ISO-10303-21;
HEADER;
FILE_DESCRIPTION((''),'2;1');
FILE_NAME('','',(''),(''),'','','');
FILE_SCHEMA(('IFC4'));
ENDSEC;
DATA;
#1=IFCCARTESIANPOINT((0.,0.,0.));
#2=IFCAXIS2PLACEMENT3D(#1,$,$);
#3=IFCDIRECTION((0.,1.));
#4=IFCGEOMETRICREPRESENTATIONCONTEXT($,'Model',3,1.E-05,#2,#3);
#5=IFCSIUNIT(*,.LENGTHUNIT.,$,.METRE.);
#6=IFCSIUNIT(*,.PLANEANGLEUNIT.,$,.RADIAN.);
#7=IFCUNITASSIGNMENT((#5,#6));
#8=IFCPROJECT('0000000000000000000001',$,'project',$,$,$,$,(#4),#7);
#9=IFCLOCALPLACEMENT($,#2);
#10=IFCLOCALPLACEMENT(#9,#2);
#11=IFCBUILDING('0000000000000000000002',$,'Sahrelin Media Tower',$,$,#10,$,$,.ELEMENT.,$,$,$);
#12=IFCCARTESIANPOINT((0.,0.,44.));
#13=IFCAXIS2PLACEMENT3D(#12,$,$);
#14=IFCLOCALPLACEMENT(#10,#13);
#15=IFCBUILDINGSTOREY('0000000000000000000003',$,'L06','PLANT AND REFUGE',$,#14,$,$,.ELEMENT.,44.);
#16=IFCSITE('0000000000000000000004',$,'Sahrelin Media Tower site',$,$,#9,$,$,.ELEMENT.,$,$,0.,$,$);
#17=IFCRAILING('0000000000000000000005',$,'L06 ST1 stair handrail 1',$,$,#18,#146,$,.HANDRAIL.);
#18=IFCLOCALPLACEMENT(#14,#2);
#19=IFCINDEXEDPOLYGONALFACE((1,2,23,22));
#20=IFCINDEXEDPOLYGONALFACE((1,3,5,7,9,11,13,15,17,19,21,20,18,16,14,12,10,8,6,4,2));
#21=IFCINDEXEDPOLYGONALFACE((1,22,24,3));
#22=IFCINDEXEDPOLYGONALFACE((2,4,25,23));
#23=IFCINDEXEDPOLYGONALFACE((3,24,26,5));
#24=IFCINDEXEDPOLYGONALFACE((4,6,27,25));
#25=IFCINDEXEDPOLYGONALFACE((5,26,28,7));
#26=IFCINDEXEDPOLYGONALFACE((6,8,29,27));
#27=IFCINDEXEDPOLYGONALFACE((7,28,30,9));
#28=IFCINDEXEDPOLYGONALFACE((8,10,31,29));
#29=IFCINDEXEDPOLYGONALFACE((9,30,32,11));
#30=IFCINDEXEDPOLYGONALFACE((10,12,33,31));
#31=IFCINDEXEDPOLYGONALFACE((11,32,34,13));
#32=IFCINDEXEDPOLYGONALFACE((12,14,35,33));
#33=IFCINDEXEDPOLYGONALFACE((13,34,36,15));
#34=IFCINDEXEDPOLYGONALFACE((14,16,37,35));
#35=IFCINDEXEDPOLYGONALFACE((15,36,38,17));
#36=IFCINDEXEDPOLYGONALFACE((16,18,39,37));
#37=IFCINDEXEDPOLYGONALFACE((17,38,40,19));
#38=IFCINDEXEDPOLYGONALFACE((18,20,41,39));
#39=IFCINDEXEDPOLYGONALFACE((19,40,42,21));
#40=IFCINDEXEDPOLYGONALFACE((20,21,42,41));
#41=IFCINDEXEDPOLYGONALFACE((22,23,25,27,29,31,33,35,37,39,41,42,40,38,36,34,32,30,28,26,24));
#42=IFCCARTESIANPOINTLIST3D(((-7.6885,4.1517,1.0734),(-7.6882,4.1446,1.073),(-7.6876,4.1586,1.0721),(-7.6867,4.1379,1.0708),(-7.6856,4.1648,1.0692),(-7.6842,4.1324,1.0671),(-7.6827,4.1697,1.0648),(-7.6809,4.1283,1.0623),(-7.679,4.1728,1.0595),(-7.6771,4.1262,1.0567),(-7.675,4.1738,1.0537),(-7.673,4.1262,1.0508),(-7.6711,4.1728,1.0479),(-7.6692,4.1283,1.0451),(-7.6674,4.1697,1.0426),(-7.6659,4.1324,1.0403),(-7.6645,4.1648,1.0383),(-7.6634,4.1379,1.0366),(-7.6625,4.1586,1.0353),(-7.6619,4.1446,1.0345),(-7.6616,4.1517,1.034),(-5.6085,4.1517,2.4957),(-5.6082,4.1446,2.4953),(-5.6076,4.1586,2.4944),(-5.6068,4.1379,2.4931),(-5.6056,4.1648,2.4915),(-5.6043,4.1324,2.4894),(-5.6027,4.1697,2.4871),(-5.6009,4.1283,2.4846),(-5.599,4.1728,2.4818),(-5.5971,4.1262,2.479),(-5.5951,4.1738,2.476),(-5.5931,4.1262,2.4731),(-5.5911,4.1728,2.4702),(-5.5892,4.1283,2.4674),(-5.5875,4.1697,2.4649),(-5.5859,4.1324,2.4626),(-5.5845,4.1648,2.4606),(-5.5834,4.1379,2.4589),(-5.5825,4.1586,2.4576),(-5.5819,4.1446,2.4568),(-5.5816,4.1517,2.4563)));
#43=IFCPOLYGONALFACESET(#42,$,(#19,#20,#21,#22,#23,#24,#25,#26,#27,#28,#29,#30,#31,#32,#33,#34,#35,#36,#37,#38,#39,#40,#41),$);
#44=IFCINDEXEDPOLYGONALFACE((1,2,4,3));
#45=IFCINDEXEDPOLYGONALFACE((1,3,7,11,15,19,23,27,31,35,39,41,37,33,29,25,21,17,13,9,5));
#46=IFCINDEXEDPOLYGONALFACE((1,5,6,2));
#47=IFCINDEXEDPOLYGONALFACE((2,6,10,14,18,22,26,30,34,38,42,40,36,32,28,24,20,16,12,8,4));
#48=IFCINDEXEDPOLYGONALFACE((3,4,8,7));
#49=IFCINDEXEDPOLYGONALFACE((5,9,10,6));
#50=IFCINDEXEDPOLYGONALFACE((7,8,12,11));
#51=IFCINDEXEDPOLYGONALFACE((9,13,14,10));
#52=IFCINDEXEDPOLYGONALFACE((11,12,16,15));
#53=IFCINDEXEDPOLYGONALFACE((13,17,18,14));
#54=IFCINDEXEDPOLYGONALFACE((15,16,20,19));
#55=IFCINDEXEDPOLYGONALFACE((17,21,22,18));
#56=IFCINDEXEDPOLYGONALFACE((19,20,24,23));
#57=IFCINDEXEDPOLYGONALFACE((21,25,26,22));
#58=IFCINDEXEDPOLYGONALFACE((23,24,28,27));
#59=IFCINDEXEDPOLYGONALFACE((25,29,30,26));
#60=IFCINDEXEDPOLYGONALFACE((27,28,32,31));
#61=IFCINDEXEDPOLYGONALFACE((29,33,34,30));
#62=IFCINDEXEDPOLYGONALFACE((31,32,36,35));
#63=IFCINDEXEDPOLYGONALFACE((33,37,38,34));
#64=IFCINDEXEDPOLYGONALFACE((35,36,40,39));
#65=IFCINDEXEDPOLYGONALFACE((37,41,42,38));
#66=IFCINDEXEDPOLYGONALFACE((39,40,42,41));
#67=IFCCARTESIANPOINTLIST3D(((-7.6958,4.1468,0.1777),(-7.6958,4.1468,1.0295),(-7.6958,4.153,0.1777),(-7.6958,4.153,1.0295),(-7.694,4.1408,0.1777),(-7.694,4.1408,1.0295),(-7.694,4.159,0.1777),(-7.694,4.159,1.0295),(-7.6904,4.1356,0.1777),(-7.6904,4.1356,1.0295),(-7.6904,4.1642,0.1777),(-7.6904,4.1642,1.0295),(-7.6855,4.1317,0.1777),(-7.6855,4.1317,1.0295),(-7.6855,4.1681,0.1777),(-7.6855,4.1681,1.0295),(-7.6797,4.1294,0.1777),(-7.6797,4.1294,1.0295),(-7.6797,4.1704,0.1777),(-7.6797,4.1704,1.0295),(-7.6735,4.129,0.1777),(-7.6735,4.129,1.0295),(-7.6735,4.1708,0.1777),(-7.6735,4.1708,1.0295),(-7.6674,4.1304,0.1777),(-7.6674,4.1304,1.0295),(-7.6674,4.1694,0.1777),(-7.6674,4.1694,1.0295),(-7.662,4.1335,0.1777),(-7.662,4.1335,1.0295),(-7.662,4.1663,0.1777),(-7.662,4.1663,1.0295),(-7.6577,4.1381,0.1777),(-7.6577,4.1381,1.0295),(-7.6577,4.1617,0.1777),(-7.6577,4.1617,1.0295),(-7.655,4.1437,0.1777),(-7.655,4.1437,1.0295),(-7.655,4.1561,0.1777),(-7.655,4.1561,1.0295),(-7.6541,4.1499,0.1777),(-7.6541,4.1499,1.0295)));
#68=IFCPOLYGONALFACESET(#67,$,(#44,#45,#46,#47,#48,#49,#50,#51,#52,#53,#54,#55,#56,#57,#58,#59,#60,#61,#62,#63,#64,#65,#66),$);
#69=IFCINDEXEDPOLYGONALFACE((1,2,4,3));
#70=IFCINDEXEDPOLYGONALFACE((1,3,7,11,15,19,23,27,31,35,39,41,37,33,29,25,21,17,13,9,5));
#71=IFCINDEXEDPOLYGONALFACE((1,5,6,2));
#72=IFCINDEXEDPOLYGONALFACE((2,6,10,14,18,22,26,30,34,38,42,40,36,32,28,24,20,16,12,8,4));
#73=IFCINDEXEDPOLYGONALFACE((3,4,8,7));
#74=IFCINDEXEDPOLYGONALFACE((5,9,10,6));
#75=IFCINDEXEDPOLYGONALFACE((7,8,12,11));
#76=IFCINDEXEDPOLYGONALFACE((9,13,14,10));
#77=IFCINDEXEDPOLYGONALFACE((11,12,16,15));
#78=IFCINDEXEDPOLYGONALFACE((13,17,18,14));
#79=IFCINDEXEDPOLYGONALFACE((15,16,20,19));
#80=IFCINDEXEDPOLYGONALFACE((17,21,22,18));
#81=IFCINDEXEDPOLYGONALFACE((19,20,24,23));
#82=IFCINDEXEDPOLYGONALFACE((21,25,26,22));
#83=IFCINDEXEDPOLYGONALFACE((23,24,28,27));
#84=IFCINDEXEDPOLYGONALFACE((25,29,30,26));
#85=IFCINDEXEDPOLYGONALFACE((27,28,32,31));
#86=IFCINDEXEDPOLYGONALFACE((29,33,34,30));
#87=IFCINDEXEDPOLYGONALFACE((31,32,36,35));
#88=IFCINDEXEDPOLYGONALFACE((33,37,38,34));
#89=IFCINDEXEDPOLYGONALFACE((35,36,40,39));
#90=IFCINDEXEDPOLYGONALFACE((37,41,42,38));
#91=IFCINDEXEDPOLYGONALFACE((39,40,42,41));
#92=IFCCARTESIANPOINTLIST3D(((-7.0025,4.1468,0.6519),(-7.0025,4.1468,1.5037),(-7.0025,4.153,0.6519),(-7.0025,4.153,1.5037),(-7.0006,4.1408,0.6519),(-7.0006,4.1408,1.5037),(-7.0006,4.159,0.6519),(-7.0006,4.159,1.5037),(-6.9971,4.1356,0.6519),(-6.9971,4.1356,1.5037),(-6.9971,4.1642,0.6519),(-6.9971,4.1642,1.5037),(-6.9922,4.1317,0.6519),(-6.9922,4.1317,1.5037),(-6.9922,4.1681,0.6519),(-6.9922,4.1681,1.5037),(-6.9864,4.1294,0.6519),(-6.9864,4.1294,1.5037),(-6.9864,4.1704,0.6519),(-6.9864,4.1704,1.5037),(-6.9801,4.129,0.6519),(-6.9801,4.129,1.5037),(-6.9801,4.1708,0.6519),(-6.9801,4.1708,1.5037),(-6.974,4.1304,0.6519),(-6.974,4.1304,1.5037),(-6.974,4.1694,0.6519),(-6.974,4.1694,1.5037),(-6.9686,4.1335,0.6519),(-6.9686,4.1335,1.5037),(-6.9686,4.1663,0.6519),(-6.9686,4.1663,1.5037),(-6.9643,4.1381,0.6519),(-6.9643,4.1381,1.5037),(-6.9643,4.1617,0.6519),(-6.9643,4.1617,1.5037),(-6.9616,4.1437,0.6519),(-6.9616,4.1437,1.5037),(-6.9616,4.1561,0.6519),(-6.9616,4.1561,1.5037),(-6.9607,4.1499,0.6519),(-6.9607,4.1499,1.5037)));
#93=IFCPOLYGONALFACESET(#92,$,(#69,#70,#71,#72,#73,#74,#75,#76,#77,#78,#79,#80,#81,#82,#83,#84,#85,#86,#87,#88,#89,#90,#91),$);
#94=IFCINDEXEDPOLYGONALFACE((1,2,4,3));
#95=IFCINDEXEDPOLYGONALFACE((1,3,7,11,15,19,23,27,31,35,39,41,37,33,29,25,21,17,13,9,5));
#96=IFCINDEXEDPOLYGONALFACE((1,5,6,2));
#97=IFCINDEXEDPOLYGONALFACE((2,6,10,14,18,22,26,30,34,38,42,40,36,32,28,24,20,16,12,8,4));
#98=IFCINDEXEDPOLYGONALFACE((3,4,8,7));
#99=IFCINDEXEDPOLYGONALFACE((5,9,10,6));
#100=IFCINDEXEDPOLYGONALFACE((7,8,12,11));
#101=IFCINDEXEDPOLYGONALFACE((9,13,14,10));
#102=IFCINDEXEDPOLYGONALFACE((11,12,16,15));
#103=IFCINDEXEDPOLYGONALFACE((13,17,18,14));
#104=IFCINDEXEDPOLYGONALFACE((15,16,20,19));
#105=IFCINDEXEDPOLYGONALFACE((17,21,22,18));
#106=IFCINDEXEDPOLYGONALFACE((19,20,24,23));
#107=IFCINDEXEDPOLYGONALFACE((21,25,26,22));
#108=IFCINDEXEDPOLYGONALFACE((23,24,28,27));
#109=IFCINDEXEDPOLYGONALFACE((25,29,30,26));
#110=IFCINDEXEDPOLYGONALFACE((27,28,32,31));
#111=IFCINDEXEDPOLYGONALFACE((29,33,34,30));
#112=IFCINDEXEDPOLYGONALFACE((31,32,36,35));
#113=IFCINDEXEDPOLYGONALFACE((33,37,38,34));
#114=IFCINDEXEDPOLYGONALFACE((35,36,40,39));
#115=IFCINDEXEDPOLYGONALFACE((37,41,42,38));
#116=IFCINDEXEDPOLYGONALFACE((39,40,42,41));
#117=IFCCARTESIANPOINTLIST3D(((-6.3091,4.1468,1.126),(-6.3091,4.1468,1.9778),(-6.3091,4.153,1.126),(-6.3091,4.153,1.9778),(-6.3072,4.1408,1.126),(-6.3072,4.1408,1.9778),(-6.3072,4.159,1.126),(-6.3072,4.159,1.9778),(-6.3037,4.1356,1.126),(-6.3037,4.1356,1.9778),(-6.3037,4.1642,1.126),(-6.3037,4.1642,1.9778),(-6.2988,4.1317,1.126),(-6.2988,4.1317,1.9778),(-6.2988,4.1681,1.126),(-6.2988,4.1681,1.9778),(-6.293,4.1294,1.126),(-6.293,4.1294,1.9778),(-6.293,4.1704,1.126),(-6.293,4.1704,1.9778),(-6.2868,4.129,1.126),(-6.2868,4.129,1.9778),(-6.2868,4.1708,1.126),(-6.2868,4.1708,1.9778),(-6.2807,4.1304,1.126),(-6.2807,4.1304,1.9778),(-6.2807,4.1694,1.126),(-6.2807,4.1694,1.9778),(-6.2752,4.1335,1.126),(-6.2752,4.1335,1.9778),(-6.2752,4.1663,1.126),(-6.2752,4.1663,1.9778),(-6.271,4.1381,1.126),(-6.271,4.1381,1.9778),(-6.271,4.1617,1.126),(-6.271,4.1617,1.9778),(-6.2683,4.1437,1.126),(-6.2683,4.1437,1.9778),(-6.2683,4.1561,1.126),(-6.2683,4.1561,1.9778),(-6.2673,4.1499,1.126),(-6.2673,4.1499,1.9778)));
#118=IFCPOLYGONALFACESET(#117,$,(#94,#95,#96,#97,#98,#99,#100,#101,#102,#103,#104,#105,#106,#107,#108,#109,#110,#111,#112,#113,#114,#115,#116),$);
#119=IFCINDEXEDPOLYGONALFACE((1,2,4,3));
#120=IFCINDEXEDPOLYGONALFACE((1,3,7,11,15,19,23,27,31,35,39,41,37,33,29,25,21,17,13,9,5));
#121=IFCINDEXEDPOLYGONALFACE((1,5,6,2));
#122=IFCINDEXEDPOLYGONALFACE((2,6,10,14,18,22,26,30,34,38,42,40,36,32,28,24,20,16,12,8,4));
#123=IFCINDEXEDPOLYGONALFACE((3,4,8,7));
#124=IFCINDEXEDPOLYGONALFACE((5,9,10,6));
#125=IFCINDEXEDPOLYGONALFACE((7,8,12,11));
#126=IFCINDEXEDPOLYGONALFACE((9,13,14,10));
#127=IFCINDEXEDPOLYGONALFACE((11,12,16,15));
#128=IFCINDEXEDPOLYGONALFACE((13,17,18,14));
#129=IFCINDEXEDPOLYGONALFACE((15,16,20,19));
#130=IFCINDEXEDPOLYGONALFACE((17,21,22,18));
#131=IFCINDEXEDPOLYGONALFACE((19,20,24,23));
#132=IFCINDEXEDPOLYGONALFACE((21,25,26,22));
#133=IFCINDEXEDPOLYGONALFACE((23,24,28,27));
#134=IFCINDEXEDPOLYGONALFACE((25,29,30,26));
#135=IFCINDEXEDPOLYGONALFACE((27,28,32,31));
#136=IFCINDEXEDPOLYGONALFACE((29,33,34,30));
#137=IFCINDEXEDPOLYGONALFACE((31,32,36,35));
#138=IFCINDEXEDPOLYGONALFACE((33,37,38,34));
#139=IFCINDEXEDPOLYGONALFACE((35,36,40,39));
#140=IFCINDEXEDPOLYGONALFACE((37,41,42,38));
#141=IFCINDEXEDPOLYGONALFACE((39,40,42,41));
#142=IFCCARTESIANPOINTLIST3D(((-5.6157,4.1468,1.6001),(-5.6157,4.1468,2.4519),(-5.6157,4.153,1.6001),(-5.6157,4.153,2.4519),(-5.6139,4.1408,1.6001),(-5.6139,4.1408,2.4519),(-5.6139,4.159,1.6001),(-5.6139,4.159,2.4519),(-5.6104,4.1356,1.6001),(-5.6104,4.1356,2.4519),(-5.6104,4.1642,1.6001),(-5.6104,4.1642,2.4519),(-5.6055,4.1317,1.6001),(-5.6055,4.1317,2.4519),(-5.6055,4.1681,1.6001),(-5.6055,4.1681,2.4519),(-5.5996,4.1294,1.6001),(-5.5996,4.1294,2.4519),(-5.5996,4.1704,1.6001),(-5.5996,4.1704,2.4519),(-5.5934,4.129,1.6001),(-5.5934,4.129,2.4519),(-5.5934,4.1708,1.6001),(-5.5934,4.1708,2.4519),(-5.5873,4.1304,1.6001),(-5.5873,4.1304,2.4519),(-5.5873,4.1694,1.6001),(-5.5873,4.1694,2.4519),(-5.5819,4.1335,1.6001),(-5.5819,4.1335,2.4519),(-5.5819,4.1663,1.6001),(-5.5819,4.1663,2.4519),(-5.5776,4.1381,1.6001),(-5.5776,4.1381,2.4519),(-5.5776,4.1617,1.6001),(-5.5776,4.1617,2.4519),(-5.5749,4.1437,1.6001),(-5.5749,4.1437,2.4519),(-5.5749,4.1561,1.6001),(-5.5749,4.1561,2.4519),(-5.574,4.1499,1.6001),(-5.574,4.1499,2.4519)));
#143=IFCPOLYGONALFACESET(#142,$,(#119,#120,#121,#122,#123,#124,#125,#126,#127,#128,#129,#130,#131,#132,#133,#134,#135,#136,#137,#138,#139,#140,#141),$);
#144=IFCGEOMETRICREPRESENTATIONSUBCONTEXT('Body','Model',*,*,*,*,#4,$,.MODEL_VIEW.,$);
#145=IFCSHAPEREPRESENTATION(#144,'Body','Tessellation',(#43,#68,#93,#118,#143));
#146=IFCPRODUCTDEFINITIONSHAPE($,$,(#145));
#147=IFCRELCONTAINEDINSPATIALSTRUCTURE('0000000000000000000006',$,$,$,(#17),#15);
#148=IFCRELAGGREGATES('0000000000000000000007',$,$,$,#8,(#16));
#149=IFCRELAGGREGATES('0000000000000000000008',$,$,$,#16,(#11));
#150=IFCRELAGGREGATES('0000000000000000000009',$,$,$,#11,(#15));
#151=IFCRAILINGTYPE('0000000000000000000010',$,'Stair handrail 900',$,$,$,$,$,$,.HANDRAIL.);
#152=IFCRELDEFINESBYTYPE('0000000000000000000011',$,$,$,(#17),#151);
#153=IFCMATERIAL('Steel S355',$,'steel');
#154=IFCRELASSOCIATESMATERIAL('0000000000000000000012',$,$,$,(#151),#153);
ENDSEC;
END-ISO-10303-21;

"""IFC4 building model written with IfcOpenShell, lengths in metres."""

from ifc_helpers import new_model, si_unit, direction, frame, origin, origin_2d, place, context, subcontext, project, spatial, circle, extrude, material, type_object, element, save


model = new_model("IFC4")

# Units and contexts
model_context = context("Model", 3, precision=1e-05, world=origin(), true_north=direction((0.0, 1.0)))
body_context = subcontext(model_context, "Body", "Model", "MODEL_VIEW")
ifc_project = project(units=[si_unit("LENGTHUNIT", "METRE"), si_unit("PLANEANGLEUNIT", "RADIAN")], contexts=[model_context])

# Site, building, storey
site_placement = place(None, origin())
site = spatial("IfcSite", under=ifc_project, at=site_placement, Name="Sahrelin Media Tower site", CompositionType="ELEMENT", RefElevation=0.0)
building_placement = place(site_placement, origin())
building = spatial("IfcBuilding", under=site, at=building_placement, Name="Sahrelin Media Tower", CompositionType="ELEMENT")
storey_placement = place(building_placement, frame((0.0, 0.0, 44.0)))
storey = spatial("IfcBuildingStorey", under=building, at=storey_placement, Name="L06", Description="PLANT AND REFUGE", CompositionType="ELEMENT", Elevation=44.0)

# Railing
ifc_material_1 = material(Name="Steel S355", Category="steel")
railing_type_1 = type_object("IfcRailingType", Name="Stair handrail 900", PredefinedType="HANDRAIL", material=ifc_material_1)
railing_1_placement = place(storey_placement, frame((-7.675, 4.1499, 0.1777)))
element("IfcRailing", 1, at=railing_1_placement, inside=storey, type_object=railing_type_1, Name="L06 ST1 stair handrail 1", PredefinedType="HANDRAIL", context=body_context, shape_type="SweptSolid", body=[
    extrude(circle(Radius=0.0239, at=origin_2d()), frame((0.0, 0.0, 0.876), z_axis=(0.825464, 0.0, 0.564455), x_axis=(0.0, 1.0, 0.0)), (0.0, 0.0, 1.0), 2.5198),
    extrude(circle(Radius=0.021, at=origin_2d()), origin(), (0.0, 0.0, 1.0), 0.8518),
    extrude(circle(Radius=0.021, at=origin_2d()), frame((0.6934, 0.0, 0.4741)), (0.0, 0.0, 1.0), 0.8518),
    extrude(circle(Radius=0.021, at=origin_2d()), frame((1.3867, 0.0, 0.9482)), (0.0, 0.0, 1.0), 0.8518),
    extrude(circle(Radius=0.021, at=origin_2d()), frame((2.0801, 0.0, 1.4224)), (0.0, 0.0, 1.0), 0.8518),
])

save(model, "model.ifc")
